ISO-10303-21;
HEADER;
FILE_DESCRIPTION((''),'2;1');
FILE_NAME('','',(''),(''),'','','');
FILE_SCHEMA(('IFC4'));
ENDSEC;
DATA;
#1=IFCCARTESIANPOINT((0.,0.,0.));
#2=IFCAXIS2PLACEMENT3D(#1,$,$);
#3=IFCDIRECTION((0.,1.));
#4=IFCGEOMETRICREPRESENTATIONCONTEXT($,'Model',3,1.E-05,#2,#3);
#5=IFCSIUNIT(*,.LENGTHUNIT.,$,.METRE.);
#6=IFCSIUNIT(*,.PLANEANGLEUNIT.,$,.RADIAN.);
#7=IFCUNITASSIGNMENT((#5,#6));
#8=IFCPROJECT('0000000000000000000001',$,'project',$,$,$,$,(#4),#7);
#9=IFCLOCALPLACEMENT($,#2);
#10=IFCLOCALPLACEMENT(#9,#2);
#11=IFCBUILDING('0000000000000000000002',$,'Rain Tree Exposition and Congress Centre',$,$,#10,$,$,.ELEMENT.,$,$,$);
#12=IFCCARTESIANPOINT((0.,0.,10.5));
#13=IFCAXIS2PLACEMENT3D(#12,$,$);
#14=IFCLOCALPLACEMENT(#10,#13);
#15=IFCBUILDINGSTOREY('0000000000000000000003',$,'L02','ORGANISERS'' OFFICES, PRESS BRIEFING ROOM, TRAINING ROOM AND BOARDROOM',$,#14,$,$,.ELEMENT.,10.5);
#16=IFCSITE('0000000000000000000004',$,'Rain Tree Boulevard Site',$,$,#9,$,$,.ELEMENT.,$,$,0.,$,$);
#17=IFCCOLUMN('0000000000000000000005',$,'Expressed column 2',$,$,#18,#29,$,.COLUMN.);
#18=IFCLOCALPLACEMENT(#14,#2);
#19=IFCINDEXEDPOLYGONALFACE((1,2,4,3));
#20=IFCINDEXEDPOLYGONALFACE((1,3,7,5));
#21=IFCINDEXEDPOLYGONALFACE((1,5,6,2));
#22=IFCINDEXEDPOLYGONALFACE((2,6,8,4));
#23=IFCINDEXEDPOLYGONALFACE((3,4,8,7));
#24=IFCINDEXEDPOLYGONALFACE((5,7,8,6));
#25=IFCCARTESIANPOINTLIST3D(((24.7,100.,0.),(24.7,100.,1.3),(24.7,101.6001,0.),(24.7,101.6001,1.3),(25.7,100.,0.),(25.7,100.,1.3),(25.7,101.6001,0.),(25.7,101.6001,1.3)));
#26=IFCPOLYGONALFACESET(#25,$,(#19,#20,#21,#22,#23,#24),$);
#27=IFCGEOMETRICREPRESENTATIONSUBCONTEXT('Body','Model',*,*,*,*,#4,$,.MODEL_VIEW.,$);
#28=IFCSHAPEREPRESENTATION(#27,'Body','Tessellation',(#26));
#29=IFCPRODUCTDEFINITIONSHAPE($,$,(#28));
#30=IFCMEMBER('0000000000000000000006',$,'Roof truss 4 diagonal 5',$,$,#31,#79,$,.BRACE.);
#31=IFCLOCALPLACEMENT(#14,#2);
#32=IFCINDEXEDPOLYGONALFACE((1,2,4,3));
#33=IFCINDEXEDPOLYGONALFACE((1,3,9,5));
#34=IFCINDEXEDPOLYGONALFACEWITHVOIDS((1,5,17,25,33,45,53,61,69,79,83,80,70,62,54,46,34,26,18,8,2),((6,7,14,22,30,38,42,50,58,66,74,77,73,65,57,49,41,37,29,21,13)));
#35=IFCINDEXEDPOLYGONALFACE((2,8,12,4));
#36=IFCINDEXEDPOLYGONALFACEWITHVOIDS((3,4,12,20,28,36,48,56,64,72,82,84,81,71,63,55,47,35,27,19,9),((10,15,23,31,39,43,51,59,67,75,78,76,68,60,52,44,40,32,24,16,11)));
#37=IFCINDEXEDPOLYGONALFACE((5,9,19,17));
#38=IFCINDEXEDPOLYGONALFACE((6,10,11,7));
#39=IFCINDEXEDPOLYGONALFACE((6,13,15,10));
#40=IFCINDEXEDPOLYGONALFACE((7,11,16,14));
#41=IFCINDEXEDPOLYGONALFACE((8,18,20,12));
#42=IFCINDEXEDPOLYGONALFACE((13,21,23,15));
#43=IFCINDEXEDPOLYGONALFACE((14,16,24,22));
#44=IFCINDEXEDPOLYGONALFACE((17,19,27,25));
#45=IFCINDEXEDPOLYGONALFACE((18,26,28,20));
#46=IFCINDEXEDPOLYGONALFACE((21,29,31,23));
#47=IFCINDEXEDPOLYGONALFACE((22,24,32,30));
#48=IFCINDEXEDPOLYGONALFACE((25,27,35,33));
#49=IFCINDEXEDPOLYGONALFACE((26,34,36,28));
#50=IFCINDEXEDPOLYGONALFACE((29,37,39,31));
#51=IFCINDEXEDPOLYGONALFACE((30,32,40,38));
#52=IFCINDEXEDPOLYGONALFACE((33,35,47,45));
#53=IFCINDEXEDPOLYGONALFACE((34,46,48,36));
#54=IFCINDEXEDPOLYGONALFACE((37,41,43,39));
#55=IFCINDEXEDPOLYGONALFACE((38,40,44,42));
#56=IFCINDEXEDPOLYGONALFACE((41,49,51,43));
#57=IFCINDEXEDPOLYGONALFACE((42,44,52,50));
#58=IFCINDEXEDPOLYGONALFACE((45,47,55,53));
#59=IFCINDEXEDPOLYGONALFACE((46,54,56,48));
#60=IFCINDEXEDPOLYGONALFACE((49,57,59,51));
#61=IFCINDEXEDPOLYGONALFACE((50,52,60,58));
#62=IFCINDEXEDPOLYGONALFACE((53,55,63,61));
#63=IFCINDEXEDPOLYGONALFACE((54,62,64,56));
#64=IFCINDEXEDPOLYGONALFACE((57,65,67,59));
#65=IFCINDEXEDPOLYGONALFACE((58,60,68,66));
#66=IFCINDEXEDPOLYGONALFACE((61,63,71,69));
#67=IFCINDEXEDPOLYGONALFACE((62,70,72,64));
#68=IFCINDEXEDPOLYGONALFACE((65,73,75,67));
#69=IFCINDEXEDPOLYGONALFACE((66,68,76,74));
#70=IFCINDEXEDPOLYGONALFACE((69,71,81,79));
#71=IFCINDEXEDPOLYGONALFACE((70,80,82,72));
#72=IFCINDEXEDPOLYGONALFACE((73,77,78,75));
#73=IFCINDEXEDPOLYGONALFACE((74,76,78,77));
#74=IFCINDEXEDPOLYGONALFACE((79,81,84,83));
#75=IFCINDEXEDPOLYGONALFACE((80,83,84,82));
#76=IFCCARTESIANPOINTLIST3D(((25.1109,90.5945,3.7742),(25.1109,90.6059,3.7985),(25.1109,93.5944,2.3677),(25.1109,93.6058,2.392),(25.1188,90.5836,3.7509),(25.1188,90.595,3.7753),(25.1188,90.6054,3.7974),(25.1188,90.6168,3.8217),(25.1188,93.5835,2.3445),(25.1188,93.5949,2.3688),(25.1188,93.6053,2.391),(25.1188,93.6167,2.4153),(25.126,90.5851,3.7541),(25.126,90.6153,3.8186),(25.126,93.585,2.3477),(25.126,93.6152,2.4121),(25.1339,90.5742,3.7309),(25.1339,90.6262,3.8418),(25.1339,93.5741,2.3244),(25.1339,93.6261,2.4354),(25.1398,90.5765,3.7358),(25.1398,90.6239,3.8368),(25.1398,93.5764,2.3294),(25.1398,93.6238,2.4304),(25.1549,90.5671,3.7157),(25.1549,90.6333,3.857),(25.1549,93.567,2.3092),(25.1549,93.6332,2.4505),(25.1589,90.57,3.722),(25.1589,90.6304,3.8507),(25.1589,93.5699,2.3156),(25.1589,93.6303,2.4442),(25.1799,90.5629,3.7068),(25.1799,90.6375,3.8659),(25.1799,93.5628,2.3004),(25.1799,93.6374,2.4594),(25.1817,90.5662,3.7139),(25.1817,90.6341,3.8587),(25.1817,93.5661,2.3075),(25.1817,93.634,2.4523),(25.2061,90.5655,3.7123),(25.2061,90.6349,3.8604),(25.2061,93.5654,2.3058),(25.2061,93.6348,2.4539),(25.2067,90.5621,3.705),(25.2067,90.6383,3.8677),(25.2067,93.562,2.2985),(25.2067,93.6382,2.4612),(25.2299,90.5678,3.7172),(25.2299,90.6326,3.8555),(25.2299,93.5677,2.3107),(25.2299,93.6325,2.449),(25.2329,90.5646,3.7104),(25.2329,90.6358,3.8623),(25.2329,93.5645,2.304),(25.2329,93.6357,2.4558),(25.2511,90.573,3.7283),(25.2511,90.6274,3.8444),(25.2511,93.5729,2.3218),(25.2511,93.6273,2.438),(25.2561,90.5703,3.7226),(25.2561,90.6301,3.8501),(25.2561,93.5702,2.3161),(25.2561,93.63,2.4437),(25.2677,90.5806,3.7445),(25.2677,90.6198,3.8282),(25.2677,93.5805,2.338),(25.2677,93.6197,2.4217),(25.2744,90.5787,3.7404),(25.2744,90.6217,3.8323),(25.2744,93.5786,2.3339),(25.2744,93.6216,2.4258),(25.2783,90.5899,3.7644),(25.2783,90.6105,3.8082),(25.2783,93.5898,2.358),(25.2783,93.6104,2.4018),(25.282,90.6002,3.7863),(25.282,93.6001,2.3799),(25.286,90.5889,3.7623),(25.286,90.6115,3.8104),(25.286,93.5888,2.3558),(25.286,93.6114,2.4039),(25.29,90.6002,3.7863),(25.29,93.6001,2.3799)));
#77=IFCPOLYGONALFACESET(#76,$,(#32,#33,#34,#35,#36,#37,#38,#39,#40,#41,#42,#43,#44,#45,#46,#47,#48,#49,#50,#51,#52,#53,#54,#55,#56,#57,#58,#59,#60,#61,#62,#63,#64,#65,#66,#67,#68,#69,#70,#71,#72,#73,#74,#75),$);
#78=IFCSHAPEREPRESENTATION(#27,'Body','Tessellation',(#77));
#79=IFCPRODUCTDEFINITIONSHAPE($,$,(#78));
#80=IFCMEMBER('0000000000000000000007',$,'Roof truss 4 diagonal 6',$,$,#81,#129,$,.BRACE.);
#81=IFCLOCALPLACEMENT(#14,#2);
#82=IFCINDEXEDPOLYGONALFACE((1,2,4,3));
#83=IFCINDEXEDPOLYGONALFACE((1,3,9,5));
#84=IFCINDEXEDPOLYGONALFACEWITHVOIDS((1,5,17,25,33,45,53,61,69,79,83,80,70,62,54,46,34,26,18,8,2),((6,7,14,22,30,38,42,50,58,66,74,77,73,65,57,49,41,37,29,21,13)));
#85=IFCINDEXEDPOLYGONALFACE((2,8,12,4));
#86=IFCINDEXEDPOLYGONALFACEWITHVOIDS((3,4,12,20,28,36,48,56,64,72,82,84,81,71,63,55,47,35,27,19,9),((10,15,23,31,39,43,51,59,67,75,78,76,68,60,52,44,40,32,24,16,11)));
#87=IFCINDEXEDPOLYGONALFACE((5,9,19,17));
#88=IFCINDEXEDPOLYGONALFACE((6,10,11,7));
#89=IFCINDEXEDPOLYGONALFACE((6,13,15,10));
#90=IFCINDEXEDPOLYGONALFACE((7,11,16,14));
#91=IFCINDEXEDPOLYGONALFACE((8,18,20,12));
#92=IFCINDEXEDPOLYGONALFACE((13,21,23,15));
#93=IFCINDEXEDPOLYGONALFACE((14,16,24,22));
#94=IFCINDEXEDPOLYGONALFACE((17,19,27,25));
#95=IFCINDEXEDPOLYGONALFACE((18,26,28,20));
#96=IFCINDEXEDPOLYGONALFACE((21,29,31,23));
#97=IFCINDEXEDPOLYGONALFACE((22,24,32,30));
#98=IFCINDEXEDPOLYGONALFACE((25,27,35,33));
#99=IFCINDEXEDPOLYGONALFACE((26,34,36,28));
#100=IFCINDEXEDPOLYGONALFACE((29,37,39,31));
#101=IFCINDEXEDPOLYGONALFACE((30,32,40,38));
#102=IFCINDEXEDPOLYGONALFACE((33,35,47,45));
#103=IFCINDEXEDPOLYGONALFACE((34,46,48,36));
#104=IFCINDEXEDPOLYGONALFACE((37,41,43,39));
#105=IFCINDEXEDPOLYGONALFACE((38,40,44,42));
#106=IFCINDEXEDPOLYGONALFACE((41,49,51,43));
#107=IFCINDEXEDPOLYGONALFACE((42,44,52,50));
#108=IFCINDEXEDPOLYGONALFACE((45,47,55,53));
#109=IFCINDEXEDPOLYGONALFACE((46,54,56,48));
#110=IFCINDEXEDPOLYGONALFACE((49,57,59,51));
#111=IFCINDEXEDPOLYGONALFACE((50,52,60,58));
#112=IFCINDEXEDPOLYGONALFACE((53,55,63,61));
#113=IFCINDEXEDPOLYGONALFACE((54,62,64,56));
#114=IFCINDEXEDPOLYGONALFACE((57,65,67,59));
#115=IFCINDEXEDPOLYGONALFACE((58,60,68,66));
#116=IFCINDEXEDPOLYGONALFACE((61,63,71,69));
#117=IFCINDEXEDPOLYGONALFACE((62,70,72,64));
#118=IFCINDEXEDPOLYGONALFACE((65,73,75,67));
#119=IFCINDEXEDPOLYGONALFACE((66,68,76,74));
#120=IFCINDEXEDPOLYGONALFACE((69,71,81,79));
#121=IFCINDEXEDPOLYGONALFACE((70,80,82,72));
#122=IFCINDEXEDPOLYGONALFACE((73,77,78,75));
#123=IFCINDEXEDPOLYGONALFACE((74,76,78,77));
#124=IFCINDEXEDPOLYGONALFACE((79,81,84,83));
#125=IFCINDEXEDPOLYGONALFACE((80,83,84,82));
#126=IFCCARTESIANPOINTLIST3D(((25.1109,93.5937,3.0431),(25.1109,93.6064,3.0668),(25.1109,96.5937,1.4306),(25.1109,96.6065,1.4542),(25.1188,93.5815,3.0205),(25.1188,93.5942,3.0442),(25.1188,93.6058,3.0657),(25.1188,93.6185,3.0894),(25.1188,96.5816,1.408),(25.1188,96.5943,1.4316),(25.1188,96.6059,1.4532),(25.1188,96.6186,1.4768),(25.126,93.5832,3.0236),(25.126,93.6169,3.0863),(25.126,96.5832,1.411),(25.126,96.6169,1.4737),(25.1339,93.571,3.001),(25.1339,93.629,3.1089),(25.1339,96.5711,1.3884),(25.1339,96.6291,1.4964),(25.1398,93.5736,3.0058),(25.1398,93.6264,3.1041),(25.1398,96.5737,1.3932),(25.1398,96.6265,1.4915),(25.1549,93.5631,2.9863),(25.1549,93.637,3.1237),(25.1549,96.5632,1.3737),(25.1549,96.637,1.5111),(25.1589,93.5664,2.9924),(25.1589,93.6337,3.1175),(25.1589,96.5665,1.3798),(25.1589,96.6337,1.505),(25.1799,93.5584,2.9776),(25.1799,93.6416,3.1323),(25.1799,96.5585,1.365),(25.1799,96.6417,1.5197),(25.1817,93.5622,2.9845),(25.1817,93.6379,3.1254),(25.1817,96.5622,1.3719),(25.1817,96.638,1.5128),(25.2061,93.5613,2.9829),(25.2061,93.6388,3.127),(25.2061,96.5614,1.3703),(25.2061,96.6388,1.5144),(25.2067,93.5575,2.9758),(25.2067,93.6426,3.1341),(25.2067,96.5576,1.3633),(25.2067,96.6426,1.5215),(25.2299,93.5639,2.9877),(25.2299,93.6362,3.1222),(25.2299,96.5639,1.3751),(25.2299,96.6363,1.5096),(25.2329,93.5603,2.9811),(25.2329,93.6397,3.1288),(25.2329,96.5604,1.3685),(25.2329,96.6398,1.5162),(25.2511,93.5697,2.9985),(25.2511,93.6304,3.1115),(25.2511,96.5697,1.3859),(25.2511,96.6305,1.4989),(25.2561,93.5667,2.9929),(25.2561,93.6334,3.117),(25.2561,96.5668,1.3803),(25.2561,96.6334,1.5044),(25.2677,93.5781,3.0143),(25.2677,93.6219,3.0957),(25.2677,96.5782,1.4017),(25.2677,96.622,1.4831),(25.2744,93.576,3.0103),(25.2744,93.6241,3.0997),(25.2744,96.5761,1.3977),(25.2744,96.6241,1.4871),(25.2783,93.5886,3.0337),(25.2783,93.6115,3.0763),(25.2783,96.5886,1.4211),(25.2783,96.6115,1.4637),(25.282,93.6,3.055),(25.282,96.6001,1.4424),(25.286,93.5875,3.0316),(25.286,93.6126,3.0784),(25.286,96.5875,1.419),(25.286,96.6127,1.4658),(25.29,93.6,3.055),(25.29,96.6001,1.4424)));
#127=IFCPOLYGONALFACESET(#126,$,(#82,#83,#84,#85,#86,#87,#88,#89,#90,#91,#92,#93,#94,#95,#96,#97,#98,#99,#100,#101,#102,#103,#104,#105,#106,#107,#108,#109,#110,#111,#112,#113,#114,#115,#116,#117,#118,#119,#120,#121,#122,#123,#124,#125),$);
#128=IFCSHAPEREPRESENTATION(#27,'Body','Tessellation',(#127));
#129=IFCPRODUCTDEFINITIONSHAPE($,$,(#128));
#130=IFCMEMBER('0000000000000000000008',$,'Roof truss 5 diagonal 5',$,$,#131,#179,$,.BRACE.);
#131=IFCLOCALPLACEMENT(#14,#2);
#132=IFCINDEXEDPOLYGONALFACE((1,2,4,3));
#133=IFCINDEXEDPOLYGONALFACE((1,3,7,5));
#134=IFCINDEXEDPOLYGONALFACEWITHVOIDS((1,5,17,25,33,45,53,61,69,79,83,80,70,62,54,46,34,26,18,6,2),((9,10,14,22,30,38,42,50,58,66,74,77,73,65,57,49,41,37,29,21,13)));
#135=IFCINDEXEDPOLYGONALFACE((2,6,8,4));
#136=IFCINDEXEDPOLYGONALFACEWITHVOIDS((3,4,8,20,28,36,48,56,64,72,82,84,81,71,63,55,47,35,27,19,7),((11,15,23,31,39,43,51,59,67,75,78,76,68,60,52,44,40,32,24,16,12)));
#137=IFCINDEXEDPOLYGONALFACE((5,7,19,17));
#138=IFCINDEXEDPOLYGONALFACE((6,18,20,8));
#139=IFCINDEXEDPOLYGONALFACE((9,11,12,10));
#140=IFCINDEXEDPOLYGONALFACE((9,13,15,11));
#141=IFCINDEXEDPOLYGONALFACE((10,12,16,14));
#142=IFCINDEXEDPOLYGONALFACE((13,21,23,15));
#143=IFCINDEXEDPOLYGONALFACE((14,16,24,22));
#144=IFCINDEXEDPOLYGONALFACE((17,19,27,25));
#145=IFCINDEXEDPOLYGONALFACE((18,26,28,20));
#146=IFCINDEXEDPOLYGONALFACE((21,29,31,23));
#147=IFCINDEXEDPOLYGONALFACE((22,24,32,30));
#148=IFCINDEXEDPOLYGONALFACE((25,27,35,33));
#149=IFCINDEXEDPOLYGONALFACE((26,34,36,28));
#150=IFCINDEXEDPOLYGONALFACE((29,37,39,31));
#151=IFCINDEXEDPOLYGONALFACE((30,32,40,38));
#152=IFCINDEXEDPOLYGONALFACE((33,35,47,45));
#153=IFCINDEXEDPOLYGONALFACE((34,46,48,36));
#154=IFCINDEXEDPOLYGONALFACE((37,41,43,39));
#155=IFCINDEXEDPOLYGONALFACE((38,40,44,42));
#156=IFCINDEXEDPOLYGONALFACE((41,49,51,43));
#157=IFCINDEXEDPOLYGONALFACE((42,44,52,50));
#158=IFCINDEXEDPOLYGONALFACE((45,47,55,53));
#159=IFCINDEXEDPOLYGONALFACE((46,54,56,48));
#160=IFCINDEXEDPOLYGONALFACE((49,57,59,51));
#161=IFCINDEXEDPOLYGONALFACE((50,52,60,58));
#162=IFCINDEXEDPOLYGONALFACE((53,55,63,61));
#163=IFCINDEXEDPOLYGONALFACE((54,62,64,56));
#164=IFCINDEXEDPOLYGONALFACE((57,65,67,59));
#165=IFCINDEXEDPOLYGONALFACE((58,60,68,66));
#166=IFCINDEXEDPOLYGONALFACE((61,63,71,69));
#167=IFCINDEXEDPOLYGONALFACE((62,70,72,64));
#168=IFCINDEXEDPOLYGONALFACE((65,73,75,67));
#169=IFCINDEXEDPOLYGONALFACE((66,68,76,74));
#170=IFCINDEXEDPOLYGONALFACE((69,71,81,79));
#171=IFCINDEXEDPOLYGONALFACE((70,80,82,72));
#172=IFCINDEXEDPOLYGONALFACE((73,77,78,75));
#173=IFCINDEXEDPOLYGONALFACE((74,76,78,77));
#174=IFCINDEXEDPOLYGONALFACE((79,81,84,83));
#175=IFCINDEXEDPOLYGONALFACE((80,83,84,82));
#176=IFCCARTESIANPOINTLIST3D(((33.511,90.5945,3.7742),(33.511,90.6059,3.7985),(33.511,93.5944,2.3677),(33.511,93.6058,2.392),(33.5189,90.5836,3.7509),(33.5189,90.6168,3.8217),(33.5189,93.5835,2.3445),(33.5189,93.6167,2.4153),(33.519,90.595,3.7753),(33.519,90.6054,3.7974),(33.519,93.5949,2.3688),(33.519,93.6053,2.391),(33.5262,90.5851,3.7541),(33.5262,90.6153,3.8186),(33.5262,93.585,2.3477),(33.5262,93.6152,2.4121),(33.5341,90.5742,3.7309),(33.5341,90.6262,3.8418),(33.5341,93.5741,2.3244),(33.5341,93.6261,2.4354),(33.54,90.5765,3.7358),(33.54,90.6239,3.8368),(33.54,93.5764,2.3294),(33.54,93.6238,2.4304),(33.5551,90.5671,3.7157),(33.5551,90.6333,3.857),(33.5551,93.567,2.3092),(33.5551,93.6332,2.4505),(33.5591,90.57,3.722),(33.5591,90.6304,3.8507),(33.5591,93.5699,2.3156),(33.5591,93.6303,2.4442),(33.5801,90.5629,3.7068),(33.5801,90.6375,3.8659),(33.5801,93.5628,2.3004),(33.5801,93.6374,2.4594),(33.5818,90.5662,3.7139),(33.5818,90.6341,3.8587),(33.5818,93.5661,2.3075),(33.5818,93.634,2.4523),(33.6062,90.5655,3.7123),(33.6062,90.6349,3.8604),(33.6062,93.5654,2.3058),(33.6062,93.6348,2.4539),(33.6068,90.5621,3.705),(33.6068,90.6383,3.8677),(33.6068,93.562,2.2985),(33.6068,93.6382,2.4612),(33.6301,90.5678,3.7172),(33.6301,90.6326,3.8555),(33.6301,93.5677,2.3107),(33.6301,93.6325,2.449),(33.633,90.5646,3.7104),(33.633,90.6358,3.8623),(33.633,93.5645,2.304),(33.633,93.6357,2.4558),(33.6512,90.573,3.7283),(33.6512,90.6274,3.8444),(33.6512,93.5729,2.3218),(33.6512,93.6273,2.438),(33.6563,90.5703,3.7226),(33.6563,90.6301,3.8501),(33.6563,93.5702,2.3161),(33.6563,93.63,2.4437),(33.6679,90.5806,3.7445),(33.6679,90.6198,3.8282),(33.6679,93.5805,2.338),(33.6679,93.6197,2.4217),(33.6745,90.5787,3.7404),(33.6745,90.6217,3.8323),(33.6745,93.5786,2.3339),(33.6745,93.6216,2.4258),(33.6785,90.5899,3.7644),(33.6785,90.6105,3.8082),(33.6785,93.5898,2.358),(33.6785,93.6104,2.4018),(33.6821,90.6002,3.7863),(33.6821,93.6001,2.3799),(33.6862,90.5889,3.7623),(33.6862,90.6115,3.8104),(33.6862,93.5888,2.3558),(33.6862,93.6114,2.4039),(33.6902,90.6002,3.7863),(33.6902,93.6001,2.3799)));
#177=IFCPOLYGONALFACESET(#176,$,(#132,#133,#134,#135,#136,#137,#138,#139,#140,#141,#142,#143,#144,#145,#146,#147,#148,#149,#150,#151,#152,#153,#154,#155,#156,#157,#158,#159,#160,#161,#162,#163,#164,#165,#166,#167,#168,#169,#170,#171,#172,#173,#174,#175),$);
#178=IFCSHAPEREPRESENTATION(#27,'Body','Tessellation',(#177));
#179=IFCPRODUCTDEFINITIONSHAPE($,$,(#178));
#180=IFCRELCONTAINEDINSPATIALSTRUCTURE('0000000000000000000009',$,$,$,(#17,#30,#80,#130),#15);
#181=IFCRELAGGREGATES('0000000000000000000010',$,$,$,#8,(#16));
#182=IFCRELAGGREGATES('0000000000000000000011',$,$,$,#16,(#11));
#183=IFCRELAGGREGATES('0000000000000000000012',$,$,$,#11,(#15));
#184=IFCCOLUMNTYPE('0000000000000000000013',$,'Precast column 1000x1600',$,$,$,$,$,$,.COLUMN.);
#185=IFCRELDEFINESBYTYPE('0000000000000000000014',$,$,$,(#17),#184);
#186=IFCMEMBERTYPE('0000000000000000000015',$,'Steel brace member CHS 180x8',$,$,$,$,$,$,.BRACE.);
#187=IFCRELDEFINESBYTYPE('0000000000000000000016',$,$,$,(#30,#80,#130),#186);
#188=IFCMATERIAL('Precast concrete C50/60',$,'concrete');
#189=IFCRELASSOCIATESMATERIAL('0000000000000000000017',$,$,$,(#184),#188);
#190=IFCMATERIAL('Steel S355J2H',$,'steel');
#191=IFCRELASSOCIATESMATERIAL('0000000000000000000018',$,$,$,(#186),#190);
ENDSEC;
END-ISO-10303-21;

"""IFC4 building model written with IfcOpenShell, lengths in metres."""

from ifc_helpers import new_model, si_unit, direction, frame, origin, origin_2d, place, context, subcontext, project, spatial, rectangle, hollow_circle, extrude, material, material_profile, profile_set, type_object, element, save


model = new_model("IFC4")

# Units and contexts
model_context = context("Model", 3, precision=1e-05, world=origin(), true_north=direction((0.0, 1.0)))
body_context = subcontext(model_context, "Body", "Model", "MODEL_VIEW")
ifc_project = project(units=[si_unit("LENGTHUNIT", "METRE"), si_unit("PLANEANGLEUNIT", "RADIAN")], contexts=[model_context])

# Site, building, storey
site_placement = place(None, origin())
site = spatial("IfcSite", under=ifc_project, at=site_placement, Name="Rain Tree Boulevard Site", CompositionType="ELEMENT", RefElevation=0.0)
building_placement = place(site_placement, origin())
building = spatial("IfcBuilding", under=site, at=building_placement, Name="Rain Tree Exposition and Congress Centre", CompositionType="ELEMENT")
storey_placement = place(building_placement, frame((0.0, 0.0, 10.5)))
storey = spatial("IfcBuildingStorey", under=building, at=storey_placement, Name="L02", Description="ORGANISERS' OFFICES, PRESS BRIEFING ROOM, TRAINING ROOM AND BOARDROOM", CompositionType="ELEMENT", Elevation=10.5)

# Column
ifc_material_1 = material(Name="Precast concrete C50/60", Category="concrete")
ifc_material_profile_1 = material_profile(ifc_material_1, rectangle(XDim=1.0, YDim=1.6001, at=origin_2d()), Name="RC 1000x1600")
ifc_profile_set_1 = profile_set([ifc_material_profile_1], Name="Precast concrete C50/60")
column_type = type_object("IfcColumnType", Name="Precast column 1000x1600", PredefinedType="COLUMN", material=ifc_profile_set_1)
column_placement = place(storey_placement, frame((25.2, 100.8, 0.0), z_axis=(0.0, 0.0, 1.0), x_axis=(1.0, 0.0, 0.0)))
element("IfcColumn", 1, at=column_placement, inside=storey, type_object=column_type, Name="Expressed column 2", PredefinedType="COLUMN", context=body_context, shape_type="SweptSolid", body=[
    extrude(rectangle(XDim=1.0, YDim=1.6001, at=origin_2d()), origin(), (0.0, 0.0, 1.0), 1.3),
])

# Members
ifc_material_2 = material(Name="Steel S355J2H", Category="steel")
ifc_material_profile_2 = material_profile(ifc_material_2, hollow_circle(Radius=0.0901, WallThickness=0.0081, at=origin_2d()), Name="CHS 180x8")
ifc_profile_set_2 = profile_set([ifc_material_profile_2], Name="Steel S355J2H")
member_type_1 = type_object("IfcMemberType", Name="Steel brace member CHS 180x8", PredefinedType="BRACE", material=ifc_profile_set_2)
member_1_placement = place(storey_placement, frame((25.2, 93.6001, 2.3799), z_axis=(0.0, -0.905431, 0.424494), x_axis=(1.0, 0.0, 0.0)))
element("IfcMember", 2, at=member_1_placement, inside=storey, type_object=member_type_1, Name="Roof truss 4 diagonal 5", PredefinedType="BRACE", context=body_context, shape_type="SweptSolid", body=[
    extrude(hollow_circle(Radius=0.0901, WallThickness=0.0081, at=origin_2d()), origin(), (0.0, 0.0, 1.0), 3.3132),
])
member_2_placement = place(storey_placement, frame((25.2, 96.6001, 1.4424), z_axis=(0.0, -0.880818, 0.473454), x_axis=(1.0, 0.0, 0.0)))
element("IfcMember", 3, at=member_2_placement, inside=storey, type_object=member_type_1, Name="Roof truss 4 diagonal 6", PredefinedType="BRACE", context=body_context, shape_type="SweptSolid", body=[
    extrude(hollow_circle(Radius=0.0901, WallThickness=0.0081, at=origin_2d()), origin(), (0.0, 0.0, 1.0), 3.406),
])
member_3_placement = place(storey_placement, frame((33.6001, 93.6001, 2.3799), z_axis=(0.0, -0.905431, 0.424494), x_axis=(1.0, 0.0, 0.0)))
element("IfcMember", 4, at=member_3_placement, inside=storey, type_object=member_type_1, Name="Roof truss 5 diagonal 5", PredefinedType="BRACE", context=body_context, shape_type="SweptSolid", body=[
    extrude(hollow_circle(Radius=0.0901, WallThickness=0.0081, at=origin_2d()), origin(), (0.0, 0.0, 1.0), 3.3132),
])

save(model, "model.ifc")
